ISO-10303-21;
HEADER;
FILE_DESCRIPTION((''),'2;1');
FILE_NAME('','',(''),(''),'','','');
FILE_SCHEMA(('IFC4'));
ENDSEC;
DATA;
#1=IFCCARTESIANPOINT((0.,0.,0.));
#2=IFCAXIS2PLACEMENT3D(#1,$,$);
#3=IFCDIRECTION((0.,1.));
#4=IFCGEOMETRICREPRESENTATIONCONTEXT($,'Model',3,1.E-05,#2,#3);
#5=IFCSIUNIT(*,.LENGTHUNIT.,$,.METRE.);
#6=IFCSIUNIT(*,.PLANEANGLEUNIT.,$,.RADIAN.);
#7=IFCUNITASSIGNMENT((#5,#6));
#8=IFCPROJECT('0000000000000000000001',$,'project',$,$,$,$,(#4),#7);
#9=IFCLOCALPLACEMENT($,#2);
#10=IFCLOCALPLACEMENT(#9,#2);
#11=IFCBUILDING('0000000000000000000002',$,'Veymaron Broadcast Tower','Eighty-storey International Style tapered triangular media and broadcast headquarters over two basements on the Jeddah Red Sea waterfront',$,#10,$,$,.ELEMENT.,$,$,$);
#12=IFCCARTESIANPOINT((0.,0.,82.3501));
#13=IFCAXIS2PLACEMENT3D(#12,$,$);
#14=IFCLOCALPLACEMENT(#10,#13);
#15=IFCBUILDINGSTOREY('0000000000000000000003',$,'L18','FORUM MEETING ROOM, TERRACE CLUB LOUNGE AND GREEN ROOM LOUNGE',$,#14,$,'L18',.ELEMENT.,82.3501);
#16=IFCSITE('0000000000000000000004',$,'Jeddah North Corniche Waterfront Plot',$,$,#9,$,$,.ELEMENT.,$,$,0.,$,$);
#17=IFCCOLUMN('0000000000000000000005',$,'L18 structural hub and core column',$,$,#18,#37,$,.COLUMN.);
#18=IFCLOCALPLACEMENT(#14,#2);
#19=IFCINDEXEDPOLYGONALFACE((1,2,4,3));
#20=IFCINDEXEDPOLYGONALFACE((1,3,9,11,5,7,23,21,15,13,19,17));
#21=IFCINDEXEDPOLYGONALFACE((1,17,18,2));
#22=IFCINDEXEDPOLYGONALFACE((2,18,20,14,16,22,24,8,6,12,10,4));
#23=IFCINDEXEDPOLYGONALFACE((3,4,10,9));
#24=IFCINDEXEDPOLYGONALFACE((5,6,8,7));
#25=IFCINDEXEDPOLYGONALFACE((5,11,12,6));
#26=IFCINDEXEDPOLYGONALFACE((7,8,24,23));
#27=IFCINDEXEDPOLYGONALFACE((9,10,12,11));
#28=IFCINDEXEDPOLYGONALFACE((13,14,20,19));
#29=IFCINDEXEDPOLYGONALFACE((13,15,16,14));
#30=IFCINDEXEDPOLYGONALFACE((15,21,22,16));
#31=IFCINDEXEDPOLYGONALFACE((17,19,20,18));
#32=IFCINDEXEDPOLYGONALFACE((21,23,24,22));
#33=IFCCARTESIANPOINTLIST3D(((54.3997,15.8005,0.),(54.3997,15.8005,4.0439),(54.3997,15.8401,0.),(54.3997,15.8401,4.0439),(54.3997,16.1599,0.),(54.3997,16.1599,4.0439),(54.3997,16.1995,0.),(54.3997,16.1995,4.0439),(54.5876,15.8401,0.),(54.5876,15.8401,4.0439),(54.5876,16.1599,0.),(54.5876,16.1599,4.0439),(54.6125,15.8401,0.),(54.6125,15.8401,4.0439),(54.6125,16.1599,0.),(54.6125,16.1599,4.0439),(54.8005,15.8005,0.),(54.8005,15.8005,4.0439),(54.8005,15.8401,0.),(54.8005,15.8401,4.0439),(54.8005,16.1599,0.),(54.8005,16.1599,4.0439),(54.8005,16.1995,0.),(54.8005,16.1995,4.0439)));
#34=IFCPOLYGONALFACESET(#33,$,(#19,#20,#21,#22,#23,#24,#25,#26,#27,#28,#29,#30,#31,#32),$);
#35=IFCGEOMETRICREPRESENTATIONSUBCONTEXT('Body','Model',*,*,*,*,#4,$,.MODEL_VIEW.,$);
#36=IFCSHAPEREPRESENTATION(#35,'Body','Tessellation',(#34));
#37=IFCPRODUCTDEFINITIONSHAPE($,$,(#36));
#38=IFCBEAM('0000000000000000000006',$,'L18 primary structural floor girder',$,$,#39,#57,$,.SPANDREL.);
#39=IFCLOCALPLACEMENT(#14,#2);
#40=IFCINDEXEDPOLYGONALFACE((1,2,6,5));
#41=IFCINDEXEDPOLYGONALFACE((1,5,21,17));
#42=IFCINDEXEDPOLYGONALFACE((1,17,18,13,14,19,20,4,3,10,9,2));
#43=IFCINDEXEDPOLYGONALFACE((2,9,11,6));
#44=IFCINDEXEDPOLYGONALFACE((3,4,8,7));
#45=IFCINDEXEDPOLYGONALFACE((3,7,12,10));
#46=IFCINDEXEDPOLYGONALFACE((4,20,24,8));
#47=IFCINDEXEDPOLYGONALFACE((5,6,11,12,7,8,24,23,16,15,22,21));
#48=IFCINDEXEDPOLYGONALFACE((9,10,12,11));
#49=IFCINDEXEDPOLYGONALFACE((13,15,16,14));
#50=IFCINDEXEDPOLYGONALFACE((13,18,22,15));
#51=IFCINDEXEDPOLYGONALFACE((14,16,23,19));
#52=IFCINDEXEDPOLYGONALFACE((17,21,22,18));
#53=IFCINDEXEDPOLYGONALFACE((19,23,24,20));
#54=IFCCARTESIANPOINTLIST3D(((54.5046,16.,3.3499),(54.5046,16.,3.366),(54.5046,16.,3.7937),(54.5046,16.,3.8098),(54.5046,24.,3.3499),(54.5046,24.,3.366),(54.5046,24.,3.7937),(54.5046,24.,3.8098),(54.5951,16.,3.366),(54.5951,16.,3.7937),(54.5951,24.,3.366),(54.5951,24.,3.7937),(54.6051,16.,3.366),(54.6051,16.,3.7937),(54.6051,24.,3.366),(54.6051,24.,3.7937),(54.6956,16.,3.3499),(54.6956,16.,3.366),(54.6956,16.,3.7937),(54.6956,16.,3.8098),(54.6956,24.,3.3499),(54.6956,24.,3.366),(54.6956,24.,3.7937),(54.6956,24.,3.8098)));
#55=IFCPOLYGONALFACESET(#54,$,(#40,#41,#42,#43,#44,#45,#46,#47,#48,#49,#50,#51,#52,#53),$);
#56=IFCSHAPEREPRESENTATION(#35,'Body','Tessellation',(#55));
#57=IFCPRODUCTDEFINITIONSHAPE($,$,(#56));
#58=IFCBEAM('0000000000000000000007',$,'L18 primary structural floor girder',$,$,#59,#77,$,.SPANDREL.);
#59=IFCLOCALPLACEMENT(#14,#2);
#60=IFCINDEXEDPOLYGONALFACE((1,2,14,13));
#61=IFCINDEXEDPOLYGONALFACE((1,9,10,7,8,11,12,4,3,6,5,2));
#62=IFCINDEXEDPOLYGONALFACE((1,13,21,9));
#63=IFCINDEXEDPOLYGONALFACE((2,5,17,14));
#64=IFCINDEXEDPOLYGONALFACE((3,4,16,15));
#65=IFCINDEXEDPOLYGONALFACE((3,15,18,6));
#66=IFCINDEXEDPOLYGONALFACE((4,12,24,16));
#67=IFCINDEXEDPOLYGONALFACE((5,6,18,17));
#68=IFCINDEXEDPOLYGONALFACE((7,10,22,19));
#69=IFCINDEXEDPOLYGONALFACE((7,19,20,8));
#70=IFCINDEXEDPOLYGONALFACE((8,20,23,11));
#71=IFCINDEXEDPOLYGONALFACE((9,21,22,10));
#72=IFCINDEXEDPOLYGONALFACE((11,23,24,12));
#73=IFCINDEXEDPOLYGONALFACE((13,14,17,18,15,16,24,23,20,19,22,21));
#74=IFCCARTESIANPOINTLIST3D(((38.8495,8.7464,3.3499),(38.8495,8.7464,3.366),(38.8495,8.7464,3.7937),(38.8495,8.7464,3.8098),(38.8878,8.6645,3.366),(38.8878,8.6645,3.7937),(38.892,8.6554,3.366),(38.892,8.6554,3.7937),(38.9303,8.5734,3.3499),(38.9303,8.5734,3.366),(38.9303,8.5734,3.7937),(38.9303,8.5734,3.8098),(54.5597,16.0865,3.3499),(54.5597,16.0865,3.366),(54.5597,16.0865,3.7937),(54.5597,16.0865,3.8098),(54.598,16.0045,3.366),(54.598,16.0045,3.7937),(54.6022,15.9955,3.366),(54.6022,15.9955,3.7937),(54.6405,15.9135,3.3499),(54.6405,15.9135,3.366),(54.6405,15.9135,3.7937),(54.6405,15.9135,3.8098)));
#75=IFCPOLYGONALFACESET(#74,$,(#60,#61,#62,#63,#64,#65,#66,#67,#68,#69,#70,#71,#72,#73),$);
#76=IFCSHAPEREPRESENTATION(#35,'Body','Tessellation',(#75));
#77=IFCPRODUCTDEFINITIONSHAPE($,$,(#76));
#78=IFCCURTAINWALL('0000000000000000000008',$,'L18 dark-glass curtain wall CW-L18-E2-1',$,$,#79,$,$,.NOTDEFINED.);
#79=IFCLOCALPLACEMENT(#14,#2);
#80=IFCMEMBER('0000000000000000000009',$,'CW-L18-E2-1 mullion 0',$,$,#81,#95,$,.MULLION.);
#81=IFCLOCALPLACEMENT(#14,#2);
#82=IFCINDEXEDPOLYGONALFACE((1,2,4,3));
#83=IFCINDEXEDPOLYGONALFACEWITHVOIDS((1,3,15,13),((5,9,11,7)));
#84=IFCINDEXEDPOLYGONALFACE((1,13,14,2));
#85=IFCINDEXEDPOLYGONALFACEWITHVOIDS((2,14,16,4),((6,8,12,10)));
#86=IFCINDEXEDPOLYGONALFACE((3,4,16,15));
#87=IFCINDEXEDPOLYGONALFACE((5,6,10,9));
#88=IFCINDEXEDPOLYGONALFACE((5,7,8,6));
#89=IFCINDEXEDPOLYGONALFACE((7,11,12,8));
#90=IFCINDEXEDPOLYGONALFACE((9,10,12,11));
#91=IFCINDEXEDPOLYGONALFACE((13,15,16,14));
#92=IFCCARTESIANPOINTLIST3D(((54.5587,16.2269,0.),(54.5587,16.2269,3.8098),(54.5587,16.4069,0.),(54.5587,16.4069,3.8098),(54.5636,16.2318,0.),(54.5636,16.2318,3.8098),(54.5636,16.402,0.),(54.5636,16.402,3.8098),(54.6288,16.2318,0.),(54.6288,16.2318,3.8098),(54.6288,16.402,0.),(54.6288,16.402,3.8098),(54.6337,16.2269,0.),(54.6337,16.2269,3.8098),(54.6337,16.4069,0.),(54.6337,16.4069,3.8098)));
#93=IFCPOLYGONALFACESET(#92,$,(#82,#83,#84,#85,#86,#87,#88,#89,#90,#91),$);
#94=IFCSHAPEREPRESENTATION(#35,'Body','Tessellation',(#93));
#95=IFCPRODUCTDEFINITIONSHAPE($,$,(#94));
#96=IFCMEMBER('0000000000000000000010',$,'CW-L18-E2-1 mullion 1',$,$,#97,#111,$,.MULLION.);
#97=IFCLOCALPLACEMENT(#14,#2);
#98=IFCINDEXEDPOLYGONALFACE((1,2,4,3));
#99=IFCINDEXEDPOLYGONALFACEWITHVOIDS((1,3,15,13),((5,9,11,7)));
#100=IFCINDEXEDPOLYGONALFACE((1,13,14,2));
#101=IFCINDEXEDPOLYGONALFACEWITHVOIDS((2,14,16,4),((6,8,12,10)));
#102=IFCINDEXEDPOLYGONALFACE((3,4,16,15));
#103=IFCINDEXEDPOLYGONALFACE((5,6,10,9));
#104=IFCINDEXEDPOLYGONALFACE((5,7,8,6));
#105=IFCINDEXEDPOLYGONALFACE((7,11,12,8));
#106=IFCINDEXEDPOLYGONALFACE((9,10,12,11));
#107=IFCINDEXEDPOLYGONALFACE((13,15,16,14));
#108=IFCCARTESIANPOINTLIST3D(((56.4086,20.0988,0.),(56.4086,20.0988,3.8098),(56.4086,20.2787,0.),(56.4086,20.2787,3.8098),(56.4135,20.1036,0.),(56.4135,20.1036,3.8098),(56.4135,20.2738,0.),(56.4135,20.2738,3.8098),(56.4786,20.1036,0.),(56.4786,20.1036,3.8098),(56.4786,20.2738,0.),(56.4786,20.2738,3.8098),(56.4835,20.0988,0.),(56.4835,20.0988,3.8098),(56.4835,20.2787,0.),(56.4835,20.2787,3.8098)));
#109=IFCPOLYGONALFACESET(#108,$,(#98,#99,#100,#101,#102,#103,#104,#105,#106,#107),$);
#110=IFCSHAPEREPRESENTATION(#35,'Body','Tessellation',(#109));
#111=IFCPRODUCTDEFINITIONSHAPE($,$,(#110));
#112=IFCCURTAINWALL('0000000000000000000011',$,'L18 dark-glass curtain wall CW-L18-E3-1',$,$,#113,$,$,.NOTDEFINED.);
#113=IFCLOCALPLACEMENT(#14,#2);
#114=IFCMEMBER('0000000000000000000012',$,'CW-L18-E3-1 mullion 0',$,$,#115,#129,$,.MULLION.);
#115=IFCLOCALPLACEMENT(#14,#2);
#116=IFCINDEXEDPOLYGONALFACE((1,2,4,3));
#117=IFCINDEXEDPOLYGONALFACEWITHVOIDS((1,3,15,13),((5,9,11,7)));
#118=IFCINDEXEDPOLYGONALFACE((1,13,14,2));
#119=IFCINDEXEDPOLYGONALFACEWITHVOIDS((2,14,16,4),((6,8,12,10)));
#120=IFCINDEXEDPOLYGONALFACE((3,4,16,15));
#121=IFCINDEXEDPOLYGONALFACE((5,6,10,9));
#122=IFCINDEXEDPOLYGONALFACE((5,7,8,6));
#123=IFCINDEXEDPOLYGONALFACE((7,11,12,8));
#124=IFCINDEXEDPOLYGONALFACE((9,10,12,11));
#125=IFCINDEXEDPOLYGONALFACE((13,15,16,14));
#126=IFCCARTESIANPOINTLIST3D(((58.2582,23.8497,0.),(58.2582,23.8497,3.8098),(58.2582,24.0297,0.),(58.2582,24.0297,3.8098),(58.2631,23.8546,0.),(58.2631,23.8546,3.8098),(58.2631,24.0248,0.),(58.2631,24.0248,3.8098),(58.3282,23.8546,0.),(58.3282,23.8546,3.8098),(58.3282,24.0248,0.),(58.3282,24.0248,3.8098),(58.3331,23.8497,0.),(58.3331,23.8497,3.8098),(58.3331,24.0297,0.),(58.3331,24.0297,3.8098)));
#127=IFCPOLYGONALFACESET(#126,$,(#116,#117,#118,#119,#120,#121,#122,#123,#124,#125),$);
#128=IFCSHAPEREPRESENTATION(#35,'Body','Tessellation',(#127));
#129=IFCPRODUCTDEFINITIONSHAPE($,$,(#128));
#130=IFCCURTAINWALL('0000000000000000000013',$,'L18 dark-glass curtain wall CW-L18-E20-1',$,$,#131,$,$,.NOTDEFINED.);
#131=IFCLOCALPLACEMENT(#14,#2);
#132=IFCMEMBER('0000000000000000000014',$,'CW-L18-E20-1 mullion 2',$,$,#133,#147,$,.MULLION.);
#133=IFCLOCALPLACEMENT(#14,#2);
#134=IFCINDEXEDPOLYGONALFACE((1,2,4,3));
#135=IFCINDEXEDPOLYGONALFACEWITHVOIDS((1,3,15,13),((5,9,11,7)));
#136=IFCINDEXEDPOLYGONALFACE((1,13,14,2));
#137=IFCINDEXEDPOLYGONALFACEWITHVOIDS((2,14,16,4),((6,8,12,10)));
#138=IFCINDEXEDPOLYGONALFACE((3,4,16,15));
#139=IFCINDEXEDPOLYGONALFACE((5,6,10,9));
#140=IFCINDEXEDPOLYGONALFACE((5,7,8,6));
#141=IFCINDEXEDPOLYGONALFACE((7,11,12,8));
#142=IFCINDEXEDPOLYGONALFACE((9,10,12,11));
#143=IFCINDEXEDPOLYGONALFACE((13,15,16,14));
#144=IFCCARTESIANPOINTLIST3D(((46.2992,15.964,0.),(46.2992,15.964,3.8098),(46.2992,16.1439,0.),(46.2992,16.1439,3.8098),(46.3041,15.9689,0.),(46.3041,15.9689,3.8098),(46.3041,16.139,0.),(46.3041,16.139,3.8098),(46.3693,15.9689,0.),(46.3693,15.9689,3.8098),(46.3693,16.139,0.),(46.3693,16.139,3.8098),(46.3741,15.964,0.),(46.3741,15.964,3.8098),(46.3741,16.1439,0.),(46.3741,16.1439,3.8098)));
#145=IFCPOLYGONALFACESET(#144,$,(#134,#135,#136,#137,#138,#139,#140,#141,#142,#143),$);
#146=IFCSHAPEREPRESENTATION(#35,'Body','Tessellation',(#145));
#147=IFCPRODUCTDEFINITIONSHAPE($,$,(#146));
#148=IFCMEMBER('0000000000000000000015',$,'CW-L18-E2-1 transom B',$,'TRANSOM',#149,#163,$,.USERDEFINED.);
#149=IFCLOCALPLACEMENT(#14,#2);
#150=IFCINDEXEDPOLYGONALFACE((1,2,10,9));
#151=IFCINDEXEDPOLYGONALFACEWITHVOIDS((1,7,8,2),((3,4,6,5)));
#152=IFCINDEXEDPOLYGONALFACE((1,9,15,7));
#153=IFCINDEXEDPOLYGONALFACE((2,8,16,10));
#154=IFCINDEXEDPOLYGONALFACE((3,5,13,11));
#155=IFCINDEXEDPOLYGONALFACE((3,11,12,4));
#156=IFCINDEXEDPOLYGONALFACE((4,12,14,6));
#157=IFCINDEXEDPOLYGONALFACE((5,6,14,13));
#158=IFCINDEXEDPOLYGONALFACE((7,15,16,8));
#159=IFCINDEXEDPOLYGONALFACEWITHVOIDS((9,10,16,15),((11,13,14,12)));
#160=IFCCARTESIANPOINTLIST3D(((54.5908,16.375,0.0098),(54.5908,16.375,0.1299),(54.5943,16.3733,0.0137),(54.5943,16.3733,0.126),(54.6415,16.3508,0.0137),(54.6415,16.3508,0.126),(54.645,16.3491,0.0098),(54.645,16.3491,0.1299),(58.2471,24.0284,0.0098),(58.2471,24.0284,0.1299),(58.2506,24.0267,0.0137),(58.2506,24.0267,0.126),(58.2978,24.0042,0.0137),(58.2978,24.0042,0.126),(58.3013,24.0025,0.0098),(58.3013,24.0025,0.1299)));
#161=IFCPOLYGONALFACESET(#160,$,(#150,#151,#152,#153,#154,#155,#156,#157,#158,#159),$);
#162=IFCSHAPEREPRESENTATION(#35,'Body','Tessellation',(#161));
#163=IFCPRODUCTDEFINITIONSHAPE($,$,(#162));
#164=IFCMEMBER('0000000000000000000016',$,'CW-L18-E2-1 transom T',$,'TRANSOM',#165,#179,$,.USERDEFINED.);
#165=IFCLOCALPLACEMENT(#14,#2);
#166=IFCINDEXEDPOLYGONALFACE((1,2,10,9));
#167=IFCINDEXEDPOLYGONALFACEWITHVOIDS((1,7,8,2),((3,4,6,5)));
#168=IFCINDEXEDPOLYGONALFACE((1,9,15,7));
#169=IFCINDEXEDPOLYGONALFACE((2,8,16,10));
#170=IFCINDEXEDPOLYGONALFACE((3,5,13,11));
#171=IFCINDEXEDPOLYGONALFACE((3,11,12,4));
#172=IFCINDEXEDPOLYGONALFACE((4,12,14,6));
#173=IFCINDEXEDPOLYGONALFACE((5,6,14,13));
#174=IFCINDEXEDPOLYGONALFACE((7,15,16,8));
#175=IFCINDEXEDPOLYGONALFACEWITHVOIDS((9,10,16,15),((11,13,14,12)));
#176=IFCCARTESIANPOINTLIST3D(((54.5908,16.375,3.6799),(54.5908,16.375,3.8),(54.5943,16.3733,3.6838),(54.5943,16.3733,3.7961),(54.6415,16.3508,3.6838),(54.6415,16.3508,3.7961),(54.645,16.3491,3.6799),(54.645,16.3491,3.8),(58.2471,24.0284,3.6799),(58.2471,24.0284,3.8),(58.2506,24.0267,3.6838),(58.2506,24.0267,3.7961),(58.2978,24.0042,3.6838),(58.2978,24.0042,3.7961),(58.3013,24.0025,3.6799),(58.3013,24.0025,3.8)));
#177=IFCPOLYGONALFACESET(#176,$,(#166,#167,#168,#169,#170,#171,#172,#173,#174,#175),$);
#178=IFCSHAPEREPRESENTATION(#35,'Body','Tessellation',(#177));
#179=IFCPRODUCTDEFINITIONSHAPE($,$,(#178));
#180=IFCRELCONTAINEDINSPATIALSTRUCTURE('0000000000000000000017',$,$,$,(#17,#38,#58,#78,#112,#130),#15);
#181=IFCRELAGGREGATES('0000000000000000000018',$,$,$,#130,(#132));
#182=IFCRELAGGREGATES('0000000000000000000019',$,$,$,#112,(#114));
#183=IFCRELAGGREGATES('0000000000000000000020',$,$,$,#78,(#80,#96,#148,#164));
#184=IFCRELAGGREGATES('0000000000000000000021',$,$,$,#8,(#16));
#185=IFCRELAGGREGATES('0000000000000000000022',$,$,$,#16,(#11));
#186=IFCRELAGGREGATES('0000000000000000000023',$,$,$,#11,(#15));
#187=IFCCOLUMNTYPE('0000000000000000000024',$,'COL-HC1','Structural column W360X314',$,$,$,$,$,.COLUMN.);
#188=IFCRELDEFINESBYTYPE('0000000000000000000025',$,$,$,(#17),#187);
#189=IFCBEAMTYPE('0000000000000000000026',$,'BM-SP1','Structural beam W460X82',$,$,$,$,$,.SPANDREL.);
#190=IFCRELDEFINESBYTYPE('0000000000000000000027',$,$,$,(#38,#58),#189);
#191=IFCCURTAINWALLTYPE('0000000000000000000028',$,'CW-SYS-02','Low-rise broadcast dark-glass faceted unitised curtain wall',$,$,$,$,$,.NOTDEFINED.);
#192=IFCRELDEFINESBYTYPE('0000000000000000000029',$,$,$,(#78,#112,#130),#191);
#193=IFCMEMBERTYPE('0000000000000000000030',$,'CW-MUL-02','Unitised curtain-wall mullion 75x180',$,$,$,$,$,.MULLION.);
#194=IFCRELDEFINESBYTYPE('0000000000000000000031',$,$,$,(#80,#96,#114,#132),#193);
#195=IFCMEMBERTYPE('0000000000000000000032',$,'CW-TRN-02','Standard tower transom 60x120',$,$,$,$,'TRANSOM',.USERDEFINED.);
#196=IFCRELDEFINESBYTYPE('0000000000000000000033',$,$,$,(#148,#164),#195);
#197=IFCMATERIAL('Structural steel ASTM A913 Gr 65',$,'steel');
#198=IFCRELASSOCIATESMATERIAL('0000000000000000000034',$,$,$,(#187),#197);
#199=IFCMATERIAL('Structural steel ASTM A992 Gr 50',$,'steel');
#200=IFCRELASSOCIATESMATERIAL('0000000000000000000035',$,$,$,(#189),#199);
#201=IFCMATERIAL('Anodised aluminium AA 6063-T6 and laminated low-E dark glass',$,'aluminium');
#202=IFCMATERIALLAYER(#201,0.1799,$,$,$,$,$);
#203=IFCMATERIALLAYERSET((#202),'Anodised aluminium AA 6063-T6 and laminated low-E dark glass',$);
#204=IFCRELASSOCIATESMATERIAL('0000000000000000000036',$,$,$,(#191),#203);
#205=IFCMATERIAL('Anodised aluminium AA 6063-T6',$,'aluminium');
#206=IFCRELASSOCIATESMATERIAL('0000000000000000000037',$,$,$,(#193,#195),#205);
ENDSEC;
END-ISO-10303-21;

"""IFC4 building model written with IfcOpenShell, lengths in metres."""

from ifc_helpers import new_model, si_unit, direction, frame, origin, origin_2d, place, context, subcontext, project, spatial, hollow_rectangle, i_section, extrude, material, layer, layer_set, material_profile, profile_set, type_object, element, aggregate, save


model = new_model("IFC4")

# Units and contexts
model_context = context("Model", 3, precision=1e-05, world=origin(), true_north=direction((0.0, 1.0)))
body_context = subcontext(model_context, "Body", "Model", "MODEL_VIEW")
ifc_project = project(units=[si_unit("LENGTHUNIT", "METRE"), si_unit("PLANEANGLEUNIT", "RADIAN")], contexts=[model_context])

# Site, building, storey
site_placement = place(None, origin())
site = spatial("IfcSite", under=ifc_project, at=site_placement, Name="Jeddah North Corniche Waterfront Plot", CompositionType="ELEMENT", RefElevation=0.0)
building_placement = place(site_placement, origin())
building = spatial("IfcBuilding", under=site, at=building_placement, Name="Veymaron Broadcast Tower", Description="Eighty-storey International Style tapered triangular media and broadcast headquarters over two basements on the Jeddah Red Sea waterfront", CompositionType="ELEMENT")
storey_placement = place(building_placement, frame((0.0, 0.0, 82.3501)))
storey = spatial("IfcBuildingStorey", under=building, at=storey_placement, Name="L18", Description="FORUM MEETING ROOM, TERRACE CLUB LOUNGE AND GREEN ROOM LOUNGE", LongName="L18", CompositionType="ELEMENT", Elevation=82.3501)

# Column
ifc_material_1 = material(Name="Structural steel ASTM A913 Gr 65", Category="steel")
ifc_material_profile_1 = material_profile(ifc_material_1, i_section(OverallWidth=0.4009, OverallDepth=0.3989, WebThickness=0.0249, FlangeThickness=0.0396, at=origin_2d()), Name="W360X314")
ifc_profile_set_1 = profile_set([ifc_material_profile_1], Name="Structural steel ASTM A913 Gr 65")
column_type = type_object("IfcColumnType", Name="COL-HC1", Description="Structural column W360X314", PredefinedType="COLUMN", material=ifc_profile_set_1)
column_placement = place(storey_placement, frame((54.6001, 16.0, 0.0), z_axis=(0.0, 0.0, 1.0), x_axis=(1.0, 0.0, 0.0)))
element("IfcColumn", 1, at=column_placement, inside=storey, type_object=column_type, Name="L18 structural hub and core column", PredefinedType="COLUMN", context=body_context, shape_type="SweptSolid", body=[
    extrude(i_section(OverallWidth=0.4009, OverallDepth=0.3989, WebThickness=0.0249, FlangeThickness=0.0396, at=origin_2d()), origin(), (0.0, 0.0, 1.0), 4.0439),
])

# Beams
ifc_material_2 = material(Name="Structural steel ASTM A992 Gr 50", Category="steel")
ifc_material_profile_2 = material_profile(ifc_material_2, i_section(OverallWidth=0.1909, OverallDepth=0.46, WebThickness=0.01, FlangeThickness=0.0161, at=origin_2d()), Name="W460X82")
ifc_profile_set_2 = profile_set([ifc_material_profile_2], Name="Structural steel ASTM A992 Gr 50")
beam_type = type_object("IfcBeamType", Name="BM-SP1", Description="Structural beam W460X82", PredefinedType="SPANDREL", material=ifc_profile_set_2)
beam_1_placement = place(storey_placement, frame((54.6001, 16.0, 3.5798), z_axis=(0.0, 1.0, 0.0), x_axis=(-1.0, 0.0, 0.0)))
element("IfcBeam", 2, at=beam_1_placement, inside=storey, type_object=beam_type, Name="L18 primary structural floor girder", PredefinedType="SPANDREL", context=body_context, shape_type="SweptSolid", body=[
    extrude(i_section(OverallWidth=0.1909, OverallDepth=0.46, WebThickness=0.01, FlangeThickness=0.0161, at=origin_2d()), origin(), (0.0, 0.0, 1.0), 8.0),
])
beam_2_placement = place(storey_placement, frame((54.6001, 16.0, 3.5798), z_axis=(-0.905992, -0.423295, 0.0), x_axis=(0.423295, -0.905992, 0.0)))
element("IfcBeam", 3, at=beam_2_placement, inside=storey, type_object=beam_type, Name="L18 primary structural floor girder", PredefinedType="SPANDREL", context=body_context, shape_type="SweptSolid", body=[
    extrude(i_section(OverallWidth=0.1909, OverallDepth=0.46, WebThickness=0.01, FlangeThickness=0.0161, at=origin_2d()), origin(), (0.0, 0.0, 1.0), 17.3403),
])

# Curtain wall, members
ifc_material_3 = material(Name="Anodised aluminium AA 6063-T6 and laminated low-E dark glass", Category="aluminium")
ifc_layer_1 = layer(ifc_material_3, 0.1799)
ifc_layer_set_1 = layer_set([ifc_layer_1], Name="Anodised aluminium AA 6063-T6 and laminated low-E dark glass")
curtain_wall_type = type_object("IfcCurtainWallType", Name="CW-SYS-02", Description="Low-rise broadcast dark-glass faceted unitised curtain wall", PredefinedType="NOTDEFINED", material=ifc_layer_set_1)
curtain_wall_1_placement = place(storey_placement, origin())
curtain_wall_1 = element("IfcCurtainWall", 4, at=curtain_wall_1_placement, inside=storey, type_object=curtain_wall_type, Name="L18 dark-glass curtain wall CW-L18-E2-1", PredefinedType="NOTDEFINED")
ifc_material_4 = material(Name="Anodised aluminium AA 6063-T6", Category="aluminium")
ifc_material_profile_3 = material_profile(ifc_material_4, hollow_rectangle(XDim=0.075, YDim=0.1799, WallThickness=0.0049, at=origin_2d()), Name="AL180X75X5")
ifc_profile_set_3 = profile_set([ifc_material_profile_3], Name="Anodised aluminium AA 6063-T6")
member_type_1 = type_object("IfcMemberType", Name="CW-MUL-02", Description="Unitised curtain-wall mullion 75x180", PredefinedType="MULLION", material=ifc_profile_set_3)
member_1_placement = place(storey_placement, frame((54.5962, 16.3169, 0.0), z_axis=(0.0, 0.0, 1.0), x_axis=(1.0, 0.0, 0.0)))
member_1 = element("IfcMember", 5, at=member_1_placement, type_object=member_type_1, Name="CW-L18-E2-1 mullion 0", PredefinedType="MULLION", context=body_context, shape_type="SweptSolid", body=[
    extrude(hollow_rectangle(XDim=0.075, YDim=0.1799, WallThickness=0.0049, at=origin_2d()), origin(), (0.0, 0.0, 1.0), 3.8098),
])
member_2_placement = place(storey_placement, frame((56.446, 20.1887, 0.0), z_axis=(0.0, 0.0, 1.0), x_axis=(1.0, 0.0, 0.0)))
member_2 = element("IfcMember", 6, at=member_2_placement, type_object=member_type_1, Name="CW-L18-E2-1 mullion 1", PredefinedType="MULLION", context=body_context, shape_type="SweptSolid", body=[
    extrude(hollow_rectangle(XDim=0.075, YDim=0.1799, WallThickness=0.0049, at=origin_2d()), origin(), (0.0, 0.0, 1.0), 3.8098),
])

# Curtain walls, members
curtain_wall_2_placement = place(storey_placement, origin())
curtain_wall_2 = element("IfcCurtainWall", 7, at=curtain_wall_2_placement, inside=storey, type_object=curtain_wall_type, Name="L18 dark-glass curtain wall CW-L18-E3-1", PredefinedType="NOTDEFINED")
member_3_placement = place(storey_placement, frame((58.2957, 23.9397, 0.0), z_axis=(0.0, 0.0, 1.0), x_axis=(1.0, 0.0, 0.0)))
member_3 = element("IfcMember", 8, at=member_3_placement, type_object=member_type_1, Name="CW-L18-E3-1 mullion 0", PredefinedType="MULLION", context=body_context, shape_type="SweptSolid", body=[
    extrude(hollow_rectangle(XDim=0.075, YDim=0.1799, WallThickness=0.0049, at=origin_2d()), origin(), (0.0, 0.0, 1.0), 3.8098),
])
curtain_wall_3_placement = place(storey_placement, origin())
curtain_wall_3 = element("IfcCurtainWall", 9, at=curtain_wall_3_placement, inside=storey, type_object=curtain_wall_type, Name="L18 dark-glass curtain wall CW-L18-E20-1", PredefinedType="NOTDEFINED")
member_4_placement = place(storey_placement, frame((46.3367, 16.054, 0.0), z_axis=(0.0, 0.0, 1.0), x_axis=(1.0, 0.0, 0.0)))
member_4 = element("IfcMember", 10, at=member_4_placement, type_object=member_type_1, Name="CW-L18-E20-1 mullion 2", PredefinedType="MULLION", context=body_context, shape_type="SweptSolid", body=[
    extrude(hollow_rectangle(XDim=0.075, YDim=0.1799, WallThickness=0.0049, at=origin_2d()), origin(), (0.0, 0.0, 1.0), 3.8098),
])
aggregate(curtain_wall_3, [member_4])

# Members
ifc_material_profile_4 = material_profile(ifc_material_4, hollow_rectangle(XDim=0.0601, YDim=0.1201, WallThickness=0.0039, at=origin_2d()), Name="AL120X60X4")
ifc_profile_set_4 = profile_set([ifc_material_profile_4], Name="Anodised aluminium AA 6063-T6")
member_type_2 = type_object("IfcMemberType", Name="CW-TRN-02", Description="Standard tower transom 60x120", ElementType="TRANSOM", PredefinedType="USERDEFINED", material=ifc_profile_set_4)
member_5_placement = place(storey_placement, frame((54.6179, 16.3621, 0.0698), z_axis=(0.431068, 0.902319, 0.0), x_axis=(-0.902319, 0.431068, 0.0)))
member_5 = element("IfcMember", 11, at=member_5_placement, type_object=member_type_2, Name="CW-L18-E2-1 transom B", ObjectType="TRANSOM", PredefinedType="USERDEFINED", context=body_context, shape_type="SweptSolid", body=[
    extrude(hollow_rectangle(XDim=0.0601, YDim=0.1201, WallThickness=0.0039, at=origin_2d()), origin(), (0.0, 0.0, 1.0), 8.4819),
])
member_6_placement = place(storey_placement, frame((54.6179, 16.3621, 3.74), z_axis=(0.431068, 0.902319, 0.0), x_axis=(-0.902319, 0.431068, 0.0)))
member_6 = element("IfcMember", 12, at=member_6_placement, type_object=member_type_2, Name="CW-L18-E2-1 transom T", ObjectType="TRANSOM", PredefinedType="USERDEFINED", context=body_context, shape_type="SweptSolid", body=[
    extrude(hollow_rectangle(XDim=0.0601, YDim=0.1201, WallThickness=0.0039, at=origin_2d()), origin(), (0.0, 0.0, 1.0), 8.4819),
])
aggregate(curtain_wall_2, [member_3])

aggregate(curtain_wall_1, [member_1, member_2, member_5, member_6])

save(model, "model.ifc")
